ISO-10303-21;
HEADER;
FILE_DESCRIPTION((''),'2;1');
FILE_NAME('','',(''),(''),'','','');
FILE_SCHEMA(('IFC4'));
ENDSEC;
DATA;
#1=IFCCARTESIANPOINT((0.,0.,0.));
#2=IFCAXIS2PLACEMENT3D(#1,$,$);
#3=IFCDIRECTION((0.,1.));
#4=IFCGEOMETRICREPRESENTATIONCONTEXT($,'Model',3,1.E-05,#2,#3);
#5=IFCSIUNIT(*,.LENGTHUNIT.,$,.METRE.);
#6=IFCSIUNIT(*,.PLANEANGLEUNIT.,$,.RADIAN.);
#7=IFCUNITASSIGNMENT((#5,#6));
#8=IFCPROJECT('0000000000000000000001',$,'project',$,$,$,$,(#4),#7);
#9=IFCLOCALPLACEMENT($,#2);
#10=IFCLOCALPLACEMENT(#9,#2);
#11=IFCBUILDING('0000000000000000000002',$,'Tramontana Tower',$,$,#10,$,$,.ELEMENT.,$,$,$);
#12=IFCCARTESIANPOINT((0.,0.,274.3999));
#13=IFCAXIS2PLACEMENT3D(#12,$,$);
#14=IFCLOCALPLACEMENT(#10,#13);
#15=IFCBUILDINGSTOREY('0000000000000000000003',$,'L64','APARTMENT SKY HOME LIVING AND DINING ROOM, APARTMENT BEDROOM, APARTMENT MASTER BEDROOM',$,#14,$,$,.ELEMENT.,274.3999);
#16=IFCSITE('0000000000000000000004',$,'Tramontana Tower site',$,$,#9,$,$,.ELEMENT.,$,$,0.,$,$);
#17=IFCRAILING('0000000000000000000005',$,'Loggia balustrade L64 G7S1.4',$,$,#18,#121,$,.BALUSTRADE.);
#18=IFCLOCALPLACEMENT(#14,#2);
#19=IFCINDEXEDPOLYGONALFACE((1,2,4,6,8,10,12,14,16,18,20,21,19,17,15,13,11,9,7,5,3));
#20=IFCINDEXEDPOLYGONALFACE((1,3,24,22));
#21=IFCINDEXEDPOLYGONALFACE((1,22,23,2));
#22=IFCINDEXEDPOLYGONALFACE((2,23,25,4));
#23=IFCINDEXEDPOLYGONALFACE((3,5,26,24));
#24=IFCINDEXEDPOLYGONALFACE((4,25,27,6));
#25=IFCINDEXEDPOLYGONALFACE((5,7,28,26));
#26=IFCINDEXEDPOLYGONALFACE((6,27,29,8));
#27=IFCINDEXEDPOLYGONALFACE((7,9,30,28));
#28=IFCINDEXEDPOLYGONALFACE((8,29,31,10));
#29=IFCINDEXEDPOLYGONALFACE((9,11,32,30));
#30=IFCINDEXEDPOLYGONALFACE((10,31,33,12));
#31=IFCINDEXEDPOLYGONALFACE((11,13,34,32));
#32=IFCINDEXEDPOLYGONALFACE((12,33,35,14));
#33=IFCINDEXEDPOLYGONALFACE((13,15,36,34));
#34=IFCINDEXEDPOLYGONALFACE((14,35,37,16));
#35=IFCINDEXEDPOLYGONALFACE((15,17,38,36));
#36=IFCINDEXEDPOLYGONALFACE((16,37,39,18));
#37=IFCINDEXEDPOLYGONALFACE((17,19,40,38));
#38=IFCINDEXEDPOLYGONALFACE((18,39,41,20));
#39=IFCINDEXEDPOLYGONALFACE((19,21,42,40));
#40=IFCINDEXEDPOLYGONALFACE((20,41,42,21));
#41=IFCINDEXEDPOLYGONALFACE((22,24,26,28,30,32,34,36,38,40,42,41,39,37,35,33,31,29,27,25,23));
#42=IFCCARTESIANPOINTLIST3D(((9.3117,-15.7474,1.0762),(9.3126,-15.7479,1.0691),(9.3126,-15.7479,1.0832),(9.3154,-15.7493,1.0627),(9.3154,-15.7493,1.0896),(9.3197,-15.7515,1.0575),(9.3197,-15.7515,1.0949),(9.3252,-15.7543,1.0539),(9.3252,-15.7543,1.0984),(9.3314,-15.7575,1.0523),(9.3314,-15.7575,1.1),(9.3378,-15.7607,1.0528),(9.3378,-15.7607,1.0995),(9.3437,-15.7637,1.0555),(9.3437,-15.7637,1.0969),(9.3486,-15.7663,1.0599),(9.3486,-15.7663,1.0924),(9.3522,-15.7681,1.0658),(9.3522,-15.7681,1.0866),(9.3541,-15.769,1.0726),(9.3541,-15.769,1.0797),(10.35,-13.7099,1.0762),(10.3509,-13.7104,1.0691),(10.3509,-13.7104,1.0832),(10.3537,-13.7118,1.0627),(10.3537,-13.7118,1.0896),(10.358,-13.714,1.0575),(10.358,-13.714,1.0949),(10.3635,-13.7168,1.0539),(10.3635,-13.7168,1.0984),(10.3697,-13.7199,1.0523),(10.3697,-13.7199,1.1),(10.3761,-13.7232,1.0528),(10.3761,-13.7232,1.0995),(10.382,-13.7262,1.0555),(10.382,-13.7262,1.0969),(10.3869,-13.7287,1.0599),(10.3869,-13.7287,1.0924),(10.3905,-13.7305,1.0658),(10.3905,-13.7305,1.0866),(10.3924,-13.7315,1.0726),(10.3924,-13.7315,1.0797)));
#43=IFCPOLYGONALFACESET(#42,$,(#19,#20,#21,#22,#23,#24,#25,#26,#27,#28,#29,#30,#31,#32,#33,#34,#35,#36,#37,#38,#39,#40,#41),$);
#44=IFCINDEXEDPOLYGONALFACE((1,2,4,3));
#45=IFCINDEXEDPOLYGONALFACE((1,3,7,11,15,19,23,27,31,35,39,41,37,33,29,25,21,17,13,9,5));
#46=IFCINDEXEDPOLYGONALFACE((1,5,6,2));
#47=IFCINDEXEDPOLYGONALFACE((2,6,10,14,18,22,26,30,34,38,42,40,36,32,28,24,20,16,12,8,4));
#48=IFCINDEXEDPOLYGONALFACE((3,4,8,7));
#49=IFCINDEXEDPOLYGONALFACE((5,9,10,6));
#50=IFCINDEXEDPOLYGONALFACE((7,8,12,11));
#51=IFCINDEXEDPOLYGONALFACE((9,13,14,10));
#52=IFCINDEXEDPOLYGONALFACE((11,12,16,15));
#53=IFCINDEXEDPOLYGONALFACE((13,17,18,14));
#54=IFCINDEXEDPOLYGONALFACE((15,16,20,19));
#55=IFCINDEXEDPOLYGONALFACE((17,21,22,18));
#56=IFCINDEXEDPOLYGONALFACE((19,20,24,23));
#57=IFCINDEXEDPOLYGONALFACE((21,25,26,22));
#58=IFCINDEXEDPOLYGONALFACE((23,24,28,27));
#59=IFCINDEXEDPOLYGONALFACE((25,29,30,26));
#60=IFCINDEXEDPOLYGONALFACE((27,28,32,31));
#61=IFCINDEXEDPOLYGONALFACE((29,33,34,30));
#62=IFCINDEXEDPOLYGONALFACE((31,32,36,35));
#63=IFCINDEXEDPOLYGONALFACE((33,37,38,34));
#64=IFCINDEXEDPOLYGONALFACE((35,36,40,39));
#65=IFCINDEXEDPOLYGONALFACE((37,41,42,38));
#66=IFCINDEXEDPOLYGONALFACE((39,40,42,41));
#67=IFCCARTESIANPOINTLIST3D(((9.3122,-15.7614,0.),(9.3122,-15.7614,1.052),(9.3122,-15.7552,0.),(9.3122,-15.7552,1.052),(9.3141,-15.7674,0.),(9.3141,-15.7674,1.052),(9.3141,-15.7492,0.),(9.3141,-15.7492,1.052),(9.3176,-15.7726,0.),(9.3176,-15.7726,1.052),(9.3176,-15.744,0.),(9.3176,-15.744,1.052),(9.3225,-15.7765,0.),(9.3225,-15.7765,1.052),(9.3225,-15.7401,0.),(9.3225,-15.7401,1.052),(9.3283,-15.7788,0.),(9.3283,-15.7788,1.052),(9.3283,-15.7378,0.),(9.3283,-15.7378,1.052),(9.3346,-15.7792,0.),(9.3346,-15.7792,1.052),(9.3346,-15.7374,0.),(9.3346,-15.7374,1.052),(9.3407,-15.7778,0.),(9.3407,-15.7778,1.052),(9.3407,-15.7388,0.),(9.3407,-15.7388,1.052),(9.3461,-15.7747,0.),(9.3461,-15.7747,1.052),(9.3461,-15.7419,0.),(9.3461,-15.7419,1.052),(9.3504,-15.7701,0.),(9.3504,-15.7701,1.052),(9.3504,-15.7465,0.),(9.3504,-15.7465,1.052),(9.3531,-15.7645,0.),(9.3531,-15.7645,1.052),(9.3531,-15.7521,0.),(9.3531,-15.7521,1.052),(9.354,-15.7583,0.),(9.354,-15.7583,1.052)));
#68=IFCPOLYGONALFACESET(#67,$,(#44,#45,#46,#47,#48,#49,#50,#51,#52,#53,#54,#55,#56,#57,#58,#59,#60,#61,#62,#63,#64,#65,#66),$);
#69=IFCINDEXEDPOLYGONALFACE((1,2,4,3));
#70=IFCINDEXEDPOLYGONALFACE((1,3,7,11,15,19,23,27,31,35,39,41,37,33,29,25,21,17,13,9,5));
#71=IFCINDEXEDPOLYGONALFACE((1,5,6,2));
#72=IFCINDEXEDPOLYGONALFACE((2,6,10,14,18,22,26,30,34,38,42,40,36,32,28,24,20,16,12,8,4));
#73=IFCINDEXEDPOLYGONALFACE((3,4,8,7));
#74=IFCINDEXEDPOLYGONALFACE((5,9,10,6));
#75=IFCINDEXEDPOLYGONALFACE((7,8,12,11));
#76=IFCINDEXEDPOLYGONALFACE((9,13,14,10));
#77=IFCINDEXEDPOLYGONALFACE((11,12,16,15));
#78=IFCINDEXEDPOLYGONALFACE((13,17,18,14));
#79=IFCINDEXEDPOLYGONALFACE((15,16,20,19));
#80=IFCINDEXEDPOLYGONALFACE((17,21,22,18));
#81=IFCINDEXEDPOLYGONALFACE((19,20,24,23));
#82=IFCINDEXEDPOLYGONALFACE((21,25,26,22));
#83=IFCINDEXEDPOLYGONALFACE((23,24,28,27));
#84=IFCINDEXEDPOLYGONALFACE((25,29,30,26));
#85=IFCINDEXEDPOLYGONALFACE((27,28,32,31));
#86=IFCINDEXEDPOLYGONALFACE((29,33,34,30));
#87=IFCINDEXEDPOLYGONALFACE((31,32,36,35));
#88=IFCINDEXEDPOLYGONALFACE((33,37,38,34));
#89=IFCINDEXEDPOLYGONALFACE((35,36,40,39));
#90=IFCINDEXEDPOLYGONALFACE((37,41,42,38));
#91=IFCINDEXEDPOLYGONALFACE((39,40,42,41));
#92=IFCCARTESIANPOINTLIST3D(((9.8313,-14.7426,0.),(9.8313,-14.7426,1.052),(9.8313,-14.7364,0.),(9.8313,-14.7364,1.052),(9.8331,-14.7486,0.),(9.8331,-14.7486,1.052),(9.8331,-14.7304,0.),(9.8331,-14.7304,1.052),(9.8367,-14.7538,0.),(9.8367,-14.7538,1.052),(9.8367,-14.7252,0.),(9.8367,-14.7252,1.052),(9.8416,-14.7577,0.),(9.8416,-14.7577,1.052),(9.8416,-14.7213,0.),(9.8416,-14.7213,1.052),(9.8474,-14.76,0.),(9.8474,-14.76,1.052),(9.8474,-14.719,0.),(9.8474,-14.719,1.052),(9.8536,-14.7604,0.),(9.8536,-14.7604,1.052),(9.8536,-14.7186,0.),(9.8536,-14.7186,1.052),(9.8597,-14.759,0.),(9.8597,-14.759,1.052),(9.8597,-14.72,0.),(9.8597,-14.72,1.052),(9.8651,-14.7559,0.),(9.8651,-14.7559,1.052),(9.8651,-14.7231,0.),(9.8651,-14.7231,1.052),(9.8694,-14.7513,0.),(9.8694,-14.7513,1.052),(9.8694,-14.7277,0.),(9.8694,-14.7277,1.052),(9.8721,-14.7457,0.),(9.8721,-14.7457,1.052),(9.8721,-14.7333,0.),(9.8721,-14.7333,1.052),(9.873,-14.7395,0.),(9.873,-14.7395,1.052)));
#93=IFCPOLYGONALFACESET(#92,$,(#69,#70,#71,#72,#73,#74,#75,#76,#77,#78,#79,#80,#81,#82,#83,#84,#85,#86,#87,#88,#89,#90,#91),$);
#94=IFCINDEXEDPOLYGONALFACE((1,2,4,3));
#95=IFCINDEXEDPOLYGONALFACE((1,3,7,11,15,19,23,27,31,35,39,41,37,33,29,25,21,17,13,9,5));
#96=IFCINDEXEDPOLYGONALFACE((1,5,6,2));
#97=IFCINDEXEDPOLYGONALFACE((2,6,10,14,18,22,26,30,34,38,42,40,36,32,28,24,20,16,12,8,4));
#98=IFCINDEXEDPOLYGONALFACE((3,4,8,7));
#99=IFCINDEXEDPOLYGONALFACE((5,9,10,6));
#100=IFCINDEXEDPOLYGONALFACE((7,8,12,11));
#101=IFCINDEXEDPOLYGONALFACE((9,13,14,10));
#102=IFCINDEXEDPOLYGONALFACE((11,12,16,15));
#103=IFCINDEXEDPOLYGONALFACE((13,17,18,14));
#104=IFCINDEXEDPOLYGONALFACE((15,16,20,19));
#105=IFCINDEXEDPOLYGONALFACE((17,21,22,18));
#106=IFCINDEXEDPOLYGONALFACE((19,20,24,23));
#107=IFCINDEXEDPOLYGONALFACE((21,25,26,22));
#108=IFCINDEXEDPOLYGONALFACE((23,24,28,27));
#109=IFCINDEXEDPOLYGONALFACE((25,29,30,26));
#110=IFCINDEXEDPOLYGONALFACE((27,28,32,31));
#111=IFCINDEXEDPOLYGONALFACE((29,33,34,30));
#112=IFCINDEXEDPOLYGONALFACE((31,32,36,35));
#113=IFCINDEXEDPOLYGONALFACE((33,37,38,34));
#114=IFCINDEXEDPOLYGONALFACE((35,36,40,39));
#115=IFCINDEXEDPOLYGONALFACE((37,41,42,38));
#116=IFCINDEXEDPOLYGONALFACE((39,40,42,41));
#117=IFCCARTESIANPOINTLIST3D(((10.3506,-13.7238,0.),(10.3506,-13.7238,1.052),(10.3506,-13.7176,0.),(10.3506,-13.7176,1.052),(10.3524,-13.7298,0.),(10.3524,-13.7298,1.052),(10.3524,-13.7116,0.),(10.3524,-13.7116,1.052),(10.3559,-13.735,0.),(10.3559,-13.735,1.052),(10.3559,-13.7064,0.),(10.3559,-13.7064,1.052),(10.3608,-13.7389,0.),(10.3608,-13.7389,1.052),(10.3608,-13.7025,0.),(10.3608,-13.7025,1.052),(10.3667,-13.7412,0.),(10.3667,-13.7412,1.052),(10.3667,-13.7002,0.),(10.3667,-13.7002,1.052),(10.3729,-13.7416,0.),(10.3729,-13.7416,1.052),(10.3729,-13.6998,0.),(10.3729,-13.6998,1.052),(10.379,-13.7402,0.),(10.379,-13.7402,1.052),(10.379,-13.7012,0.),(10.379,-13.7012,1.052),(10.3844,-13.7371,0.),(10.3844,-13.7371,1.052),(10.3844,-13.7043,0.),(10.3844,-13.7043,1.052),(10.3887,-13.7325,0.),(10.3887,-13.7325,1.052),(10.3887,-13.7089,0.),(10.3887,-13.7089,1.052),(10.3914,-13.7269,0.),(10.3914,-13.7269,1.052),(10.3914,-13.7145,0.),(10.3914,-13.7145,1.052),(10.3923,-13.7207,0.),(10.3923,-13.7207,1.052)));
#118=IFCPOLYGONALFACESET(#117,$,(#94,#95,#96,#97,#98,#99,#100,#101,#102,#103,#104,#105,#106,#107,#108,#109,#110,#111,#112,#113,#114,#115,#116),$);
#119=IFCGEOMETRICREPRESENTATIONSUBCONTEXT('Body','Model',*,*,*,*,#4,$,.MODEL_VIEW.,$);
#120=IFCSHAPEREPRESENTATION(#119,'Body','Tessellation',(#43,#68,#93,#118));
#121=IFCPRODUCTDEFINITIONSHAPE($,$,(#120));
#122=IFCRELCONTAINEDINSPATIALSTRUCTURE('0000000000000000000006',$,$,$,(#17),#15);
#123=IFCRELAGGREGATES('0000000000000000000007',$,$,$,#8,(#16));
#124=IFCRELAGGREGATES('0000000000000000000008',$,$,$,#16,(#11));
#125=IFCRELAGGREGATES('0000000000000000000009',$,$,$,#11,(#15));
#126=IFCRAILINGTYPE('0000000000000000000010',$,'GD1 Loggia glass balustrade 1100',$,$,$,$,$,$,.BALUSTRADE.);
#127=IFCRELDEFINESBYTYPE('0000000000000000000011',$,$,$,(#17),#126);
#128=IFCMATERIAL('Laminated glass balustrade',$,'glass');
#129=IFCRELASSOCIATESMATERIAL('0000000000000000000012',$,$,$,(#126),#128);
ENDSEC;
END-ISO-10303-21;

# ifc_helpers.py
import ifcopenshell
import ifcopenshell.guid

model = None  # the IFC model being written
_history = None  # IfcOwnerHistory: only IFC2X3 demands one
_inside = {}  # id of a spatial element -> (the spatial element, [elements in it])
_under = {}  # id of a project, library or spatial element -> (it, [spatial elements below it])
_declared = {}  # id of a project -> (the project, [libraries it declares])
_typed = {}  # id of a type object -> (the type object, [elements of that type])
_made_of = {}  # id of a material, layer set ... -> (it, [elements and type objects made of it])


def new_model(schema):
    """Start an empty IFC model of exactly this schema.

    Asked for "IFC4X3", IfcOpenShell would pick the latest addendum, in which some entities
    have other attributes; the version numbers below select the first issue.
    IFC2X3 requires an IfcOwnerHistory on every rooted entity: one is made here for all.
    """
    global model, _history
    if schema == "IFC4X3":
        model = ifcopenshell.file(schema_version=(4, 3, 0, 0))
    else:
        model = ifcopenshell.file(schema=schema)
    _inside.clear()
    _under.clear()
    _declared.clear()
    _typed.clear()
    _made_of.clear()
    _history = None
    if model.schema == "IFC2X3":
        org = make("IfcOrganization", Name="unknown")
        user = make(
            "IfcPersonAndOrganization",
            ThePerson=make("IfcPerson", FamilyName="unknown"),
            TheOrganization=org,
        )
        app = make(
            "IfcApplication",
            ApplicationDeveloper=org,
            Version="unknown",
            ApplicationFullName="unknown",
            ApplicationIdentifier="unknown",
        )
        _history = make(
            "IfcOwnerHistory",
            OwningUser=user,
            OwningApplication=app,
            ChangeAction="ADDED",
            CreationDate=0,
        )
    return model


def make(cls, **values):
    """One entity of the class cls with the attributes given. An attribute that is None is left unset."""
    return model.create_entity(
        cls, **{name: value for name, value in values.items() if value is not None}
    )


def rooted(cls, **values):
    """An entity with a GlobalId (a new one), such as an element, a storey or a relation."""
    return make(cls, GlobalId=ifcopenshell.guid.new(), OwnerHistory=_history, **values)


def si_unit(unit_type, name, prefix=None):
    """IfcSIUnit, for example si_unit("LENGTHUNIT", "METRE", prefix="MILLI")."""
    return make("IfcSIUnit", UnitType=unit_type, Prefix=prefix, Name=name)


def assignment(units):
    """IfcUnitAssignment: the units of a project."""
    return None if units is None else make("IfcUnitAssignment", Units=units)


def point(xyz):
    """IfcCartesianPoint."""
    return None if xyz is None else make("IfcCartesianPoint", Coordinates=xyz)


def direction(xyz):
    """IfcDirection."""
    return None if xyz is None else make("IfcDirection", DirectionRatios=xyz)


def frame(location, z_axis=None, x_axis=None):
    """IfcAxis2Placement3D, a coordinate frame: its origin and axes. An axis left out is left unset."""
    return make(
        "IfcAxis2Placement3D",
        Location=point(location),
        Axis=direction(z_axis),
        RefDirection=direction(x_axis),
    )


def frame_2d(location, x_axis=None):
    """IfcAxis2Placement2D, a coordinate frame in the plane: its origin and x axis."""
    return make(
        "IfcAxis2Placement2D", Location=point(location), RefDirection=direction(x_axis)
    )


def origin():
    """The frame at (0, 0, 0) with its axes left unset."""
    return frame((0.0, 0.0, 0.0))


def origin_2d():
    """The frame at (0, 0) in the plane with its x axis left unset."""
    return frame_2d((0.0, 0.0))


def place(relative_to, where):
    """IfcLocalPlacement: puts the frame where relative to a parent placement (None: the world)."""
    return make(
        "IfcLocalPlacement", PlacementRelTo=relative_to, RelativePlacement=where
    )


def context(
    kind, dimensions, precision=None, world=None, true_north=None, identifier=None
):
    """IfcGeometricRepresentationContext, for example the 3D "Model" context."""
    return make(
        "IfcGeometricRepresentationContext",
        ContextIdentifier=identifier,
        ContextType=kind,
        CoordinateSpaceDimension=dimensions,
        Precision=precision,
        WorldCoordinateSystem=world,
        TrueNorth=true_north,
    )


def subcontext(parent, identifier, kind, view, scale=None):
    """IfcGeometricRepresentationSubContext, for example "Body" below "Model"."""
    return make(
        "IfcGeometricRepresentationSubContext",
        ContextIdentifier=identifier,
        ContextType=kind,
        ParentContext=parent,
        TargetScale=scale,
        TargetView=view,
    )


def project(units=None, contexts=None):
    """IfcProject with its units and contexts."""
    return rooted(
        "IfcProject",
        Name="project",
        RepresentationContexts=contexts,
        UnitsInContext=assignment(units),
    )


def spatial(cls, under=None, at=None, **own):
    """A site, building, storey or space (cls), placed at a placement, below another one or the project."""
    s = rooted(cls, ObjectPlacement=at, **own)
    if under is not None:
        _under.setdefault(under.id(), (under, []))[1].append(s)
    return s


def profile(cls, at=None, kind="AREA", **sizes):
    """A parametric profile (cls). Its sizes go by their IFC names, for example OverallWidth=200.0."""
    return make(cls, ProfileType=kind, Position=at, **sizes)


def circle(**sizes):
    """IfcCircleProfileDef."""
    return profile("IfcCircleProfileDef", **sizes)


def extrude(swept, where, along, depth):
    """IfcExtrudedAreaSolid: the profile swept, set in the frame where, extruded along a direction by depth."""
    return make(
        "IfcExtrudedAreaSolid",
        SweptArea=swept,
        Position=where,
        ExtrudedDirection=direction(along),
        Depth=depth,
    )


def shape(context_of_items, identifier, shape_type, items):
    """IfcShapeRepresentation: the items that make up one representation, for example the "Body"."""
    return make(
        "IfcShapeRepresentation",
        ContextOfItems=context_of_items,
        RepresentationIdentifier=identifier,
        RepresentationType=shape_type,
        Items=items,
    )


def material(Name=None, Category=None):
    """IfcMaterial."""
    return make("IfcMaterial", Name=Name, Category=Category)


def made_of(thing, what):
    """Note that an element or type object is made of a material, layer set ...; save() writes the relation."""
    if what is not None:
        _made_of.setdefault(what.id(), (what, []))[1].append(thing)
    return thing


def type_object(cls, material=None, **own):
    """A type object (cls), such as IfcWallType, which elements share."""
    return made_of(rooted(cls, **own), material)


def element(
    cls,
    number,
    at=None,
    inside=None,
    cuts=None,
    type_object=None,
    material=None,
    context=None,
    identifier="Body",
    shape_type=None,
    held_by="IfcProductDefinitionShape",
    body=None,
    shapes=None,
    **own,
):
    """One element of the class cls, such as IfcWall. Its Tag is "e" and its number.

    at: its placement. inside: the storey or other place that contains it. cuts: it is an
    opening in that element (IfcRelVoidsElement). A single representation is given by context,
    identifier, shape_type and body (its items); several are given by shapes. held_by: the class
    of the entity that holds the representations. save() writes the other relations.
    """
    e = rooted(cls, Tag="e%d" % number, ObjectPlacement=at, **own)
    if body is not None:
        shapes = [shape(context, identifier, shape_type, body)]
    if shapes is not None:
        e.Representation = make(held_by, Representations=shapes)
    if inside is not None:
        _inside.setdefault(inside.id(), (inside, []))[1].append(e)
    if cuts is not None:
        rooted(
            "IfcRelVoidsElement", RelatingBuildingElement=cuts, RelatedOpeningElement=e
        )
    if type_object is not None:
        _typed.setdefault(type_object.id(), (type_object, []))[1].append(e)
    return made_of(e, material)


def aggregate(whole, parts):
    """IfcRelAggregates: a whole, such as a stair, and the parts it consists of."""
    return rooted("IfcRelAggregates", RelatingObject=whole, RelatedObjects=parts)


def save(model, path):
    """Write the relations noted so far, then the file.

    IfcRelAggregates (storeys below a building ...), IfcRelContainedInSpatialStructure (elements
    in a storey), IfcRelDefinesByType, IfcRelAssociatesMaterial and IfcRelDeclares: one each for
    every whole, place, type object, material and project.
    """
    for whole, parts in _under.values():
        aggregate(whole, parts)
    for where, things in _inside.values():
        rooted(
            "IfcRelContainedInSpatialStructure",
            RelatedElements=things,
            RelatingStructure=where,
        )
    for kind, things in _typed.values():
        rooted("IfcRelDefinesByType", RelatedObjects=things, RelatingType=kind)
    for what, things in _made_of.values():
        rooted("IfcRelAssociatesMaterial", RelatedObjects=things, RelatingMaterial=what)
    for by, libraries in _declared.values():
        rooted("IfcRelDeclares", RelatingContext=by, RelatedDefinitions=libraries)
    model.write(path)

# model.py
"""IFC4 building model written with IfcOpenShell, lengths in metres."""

from ifc_helpers import new_model, si_unit, direction, frame, origin, origin_2d, place, context, subcontext, project, spatial, circle, extrude, material, type_object, element, save


model = new_model("IFC4")

# Units and contexts
model_context = context("Model", 3, precision=1e-05, world=origin(), true_north=direction((0.0, 1.0)))
body_context = subcontext(model_context, "Body", "Model", "MODEL_VIEW")
ifc_project = project(units=[si_unit("LENGTHUNIT", "METRE"), si_unit("PLANEANGLEUNIT", "RADIAN")], contexts=[model_context])

# Site, building, storey
site_placement = place(None, origin())
site = spatial("IfcSite", under=ifc_project, at=site_placement, Name="Tramontana Tower site", CompositionType="ELEMENT", RefElevation=0.0)
building_placement = place(site_placement, origin())
building = spatial("IfcBuilding", under=site, at=building_placement, Name="Tramontana Tower", CompositionType="ELEMENT")
storey_placement = place(building_placement, frame((0.0, 0.0, 274.3999)))
storey = spatial("IfcBuildingStorey", under=building, at=storey_placement, Name="L64", Description="APARTMENT SKY HOME LIVING AND DINING ROOM, APARTMENT BEDROOM, APARTMENT MASTER BEDROOM", CompositionType="ELEMENT", Elevation=274.3999)

# Railing
ifc_material_1 = material(Name="Laminated glass balustrade", Category="glass")
railing_type = type_object("IfcRailingType", Name="GD1 Loggia glass balustrade 1100", PredefinedType="BALUSTRADE", material=ifc_material_1)
railing_1_placement = place(storey_placement, frame((9.333, -15.7583, 0.0)))
element("IfcRailing", 1, at=railing_1_placement, inside=storey, type_object=railing_type, Name="Loggia balustrade L64 G7S1.4", PredefinedType="BALUSTRADE", context=body_context, shape_type="SweptSolid", body=[
    extrude(circle(Radius=0.0239, at=origin_2d()), frame((0.0, 0.0, 1.0762), z_axis=(0.454033, 0.890985, 0.0), x_axis=(-0.890985, 0.454033, 0.0)), (0.0, 0.0, 1.0), 2.2869),
    extrude(circle(Radius=0.021, at=origin_2d()), origin(), (0.0, 0.0, 1.0), 1.052),
    extrude(circle(Radius=0.021, at=origin_2d()), frame((0.519, 1.0188, 0.0)), (0.0, 0.0, 1.0), 1.052),
    extrude(circle(Radius=0.021, at=origin_2d()), frame((1.0383, 2.0376, 0.0)), (0.0, 0.0, 1.0), 1.052),
])

save(model, "model.ifc")
